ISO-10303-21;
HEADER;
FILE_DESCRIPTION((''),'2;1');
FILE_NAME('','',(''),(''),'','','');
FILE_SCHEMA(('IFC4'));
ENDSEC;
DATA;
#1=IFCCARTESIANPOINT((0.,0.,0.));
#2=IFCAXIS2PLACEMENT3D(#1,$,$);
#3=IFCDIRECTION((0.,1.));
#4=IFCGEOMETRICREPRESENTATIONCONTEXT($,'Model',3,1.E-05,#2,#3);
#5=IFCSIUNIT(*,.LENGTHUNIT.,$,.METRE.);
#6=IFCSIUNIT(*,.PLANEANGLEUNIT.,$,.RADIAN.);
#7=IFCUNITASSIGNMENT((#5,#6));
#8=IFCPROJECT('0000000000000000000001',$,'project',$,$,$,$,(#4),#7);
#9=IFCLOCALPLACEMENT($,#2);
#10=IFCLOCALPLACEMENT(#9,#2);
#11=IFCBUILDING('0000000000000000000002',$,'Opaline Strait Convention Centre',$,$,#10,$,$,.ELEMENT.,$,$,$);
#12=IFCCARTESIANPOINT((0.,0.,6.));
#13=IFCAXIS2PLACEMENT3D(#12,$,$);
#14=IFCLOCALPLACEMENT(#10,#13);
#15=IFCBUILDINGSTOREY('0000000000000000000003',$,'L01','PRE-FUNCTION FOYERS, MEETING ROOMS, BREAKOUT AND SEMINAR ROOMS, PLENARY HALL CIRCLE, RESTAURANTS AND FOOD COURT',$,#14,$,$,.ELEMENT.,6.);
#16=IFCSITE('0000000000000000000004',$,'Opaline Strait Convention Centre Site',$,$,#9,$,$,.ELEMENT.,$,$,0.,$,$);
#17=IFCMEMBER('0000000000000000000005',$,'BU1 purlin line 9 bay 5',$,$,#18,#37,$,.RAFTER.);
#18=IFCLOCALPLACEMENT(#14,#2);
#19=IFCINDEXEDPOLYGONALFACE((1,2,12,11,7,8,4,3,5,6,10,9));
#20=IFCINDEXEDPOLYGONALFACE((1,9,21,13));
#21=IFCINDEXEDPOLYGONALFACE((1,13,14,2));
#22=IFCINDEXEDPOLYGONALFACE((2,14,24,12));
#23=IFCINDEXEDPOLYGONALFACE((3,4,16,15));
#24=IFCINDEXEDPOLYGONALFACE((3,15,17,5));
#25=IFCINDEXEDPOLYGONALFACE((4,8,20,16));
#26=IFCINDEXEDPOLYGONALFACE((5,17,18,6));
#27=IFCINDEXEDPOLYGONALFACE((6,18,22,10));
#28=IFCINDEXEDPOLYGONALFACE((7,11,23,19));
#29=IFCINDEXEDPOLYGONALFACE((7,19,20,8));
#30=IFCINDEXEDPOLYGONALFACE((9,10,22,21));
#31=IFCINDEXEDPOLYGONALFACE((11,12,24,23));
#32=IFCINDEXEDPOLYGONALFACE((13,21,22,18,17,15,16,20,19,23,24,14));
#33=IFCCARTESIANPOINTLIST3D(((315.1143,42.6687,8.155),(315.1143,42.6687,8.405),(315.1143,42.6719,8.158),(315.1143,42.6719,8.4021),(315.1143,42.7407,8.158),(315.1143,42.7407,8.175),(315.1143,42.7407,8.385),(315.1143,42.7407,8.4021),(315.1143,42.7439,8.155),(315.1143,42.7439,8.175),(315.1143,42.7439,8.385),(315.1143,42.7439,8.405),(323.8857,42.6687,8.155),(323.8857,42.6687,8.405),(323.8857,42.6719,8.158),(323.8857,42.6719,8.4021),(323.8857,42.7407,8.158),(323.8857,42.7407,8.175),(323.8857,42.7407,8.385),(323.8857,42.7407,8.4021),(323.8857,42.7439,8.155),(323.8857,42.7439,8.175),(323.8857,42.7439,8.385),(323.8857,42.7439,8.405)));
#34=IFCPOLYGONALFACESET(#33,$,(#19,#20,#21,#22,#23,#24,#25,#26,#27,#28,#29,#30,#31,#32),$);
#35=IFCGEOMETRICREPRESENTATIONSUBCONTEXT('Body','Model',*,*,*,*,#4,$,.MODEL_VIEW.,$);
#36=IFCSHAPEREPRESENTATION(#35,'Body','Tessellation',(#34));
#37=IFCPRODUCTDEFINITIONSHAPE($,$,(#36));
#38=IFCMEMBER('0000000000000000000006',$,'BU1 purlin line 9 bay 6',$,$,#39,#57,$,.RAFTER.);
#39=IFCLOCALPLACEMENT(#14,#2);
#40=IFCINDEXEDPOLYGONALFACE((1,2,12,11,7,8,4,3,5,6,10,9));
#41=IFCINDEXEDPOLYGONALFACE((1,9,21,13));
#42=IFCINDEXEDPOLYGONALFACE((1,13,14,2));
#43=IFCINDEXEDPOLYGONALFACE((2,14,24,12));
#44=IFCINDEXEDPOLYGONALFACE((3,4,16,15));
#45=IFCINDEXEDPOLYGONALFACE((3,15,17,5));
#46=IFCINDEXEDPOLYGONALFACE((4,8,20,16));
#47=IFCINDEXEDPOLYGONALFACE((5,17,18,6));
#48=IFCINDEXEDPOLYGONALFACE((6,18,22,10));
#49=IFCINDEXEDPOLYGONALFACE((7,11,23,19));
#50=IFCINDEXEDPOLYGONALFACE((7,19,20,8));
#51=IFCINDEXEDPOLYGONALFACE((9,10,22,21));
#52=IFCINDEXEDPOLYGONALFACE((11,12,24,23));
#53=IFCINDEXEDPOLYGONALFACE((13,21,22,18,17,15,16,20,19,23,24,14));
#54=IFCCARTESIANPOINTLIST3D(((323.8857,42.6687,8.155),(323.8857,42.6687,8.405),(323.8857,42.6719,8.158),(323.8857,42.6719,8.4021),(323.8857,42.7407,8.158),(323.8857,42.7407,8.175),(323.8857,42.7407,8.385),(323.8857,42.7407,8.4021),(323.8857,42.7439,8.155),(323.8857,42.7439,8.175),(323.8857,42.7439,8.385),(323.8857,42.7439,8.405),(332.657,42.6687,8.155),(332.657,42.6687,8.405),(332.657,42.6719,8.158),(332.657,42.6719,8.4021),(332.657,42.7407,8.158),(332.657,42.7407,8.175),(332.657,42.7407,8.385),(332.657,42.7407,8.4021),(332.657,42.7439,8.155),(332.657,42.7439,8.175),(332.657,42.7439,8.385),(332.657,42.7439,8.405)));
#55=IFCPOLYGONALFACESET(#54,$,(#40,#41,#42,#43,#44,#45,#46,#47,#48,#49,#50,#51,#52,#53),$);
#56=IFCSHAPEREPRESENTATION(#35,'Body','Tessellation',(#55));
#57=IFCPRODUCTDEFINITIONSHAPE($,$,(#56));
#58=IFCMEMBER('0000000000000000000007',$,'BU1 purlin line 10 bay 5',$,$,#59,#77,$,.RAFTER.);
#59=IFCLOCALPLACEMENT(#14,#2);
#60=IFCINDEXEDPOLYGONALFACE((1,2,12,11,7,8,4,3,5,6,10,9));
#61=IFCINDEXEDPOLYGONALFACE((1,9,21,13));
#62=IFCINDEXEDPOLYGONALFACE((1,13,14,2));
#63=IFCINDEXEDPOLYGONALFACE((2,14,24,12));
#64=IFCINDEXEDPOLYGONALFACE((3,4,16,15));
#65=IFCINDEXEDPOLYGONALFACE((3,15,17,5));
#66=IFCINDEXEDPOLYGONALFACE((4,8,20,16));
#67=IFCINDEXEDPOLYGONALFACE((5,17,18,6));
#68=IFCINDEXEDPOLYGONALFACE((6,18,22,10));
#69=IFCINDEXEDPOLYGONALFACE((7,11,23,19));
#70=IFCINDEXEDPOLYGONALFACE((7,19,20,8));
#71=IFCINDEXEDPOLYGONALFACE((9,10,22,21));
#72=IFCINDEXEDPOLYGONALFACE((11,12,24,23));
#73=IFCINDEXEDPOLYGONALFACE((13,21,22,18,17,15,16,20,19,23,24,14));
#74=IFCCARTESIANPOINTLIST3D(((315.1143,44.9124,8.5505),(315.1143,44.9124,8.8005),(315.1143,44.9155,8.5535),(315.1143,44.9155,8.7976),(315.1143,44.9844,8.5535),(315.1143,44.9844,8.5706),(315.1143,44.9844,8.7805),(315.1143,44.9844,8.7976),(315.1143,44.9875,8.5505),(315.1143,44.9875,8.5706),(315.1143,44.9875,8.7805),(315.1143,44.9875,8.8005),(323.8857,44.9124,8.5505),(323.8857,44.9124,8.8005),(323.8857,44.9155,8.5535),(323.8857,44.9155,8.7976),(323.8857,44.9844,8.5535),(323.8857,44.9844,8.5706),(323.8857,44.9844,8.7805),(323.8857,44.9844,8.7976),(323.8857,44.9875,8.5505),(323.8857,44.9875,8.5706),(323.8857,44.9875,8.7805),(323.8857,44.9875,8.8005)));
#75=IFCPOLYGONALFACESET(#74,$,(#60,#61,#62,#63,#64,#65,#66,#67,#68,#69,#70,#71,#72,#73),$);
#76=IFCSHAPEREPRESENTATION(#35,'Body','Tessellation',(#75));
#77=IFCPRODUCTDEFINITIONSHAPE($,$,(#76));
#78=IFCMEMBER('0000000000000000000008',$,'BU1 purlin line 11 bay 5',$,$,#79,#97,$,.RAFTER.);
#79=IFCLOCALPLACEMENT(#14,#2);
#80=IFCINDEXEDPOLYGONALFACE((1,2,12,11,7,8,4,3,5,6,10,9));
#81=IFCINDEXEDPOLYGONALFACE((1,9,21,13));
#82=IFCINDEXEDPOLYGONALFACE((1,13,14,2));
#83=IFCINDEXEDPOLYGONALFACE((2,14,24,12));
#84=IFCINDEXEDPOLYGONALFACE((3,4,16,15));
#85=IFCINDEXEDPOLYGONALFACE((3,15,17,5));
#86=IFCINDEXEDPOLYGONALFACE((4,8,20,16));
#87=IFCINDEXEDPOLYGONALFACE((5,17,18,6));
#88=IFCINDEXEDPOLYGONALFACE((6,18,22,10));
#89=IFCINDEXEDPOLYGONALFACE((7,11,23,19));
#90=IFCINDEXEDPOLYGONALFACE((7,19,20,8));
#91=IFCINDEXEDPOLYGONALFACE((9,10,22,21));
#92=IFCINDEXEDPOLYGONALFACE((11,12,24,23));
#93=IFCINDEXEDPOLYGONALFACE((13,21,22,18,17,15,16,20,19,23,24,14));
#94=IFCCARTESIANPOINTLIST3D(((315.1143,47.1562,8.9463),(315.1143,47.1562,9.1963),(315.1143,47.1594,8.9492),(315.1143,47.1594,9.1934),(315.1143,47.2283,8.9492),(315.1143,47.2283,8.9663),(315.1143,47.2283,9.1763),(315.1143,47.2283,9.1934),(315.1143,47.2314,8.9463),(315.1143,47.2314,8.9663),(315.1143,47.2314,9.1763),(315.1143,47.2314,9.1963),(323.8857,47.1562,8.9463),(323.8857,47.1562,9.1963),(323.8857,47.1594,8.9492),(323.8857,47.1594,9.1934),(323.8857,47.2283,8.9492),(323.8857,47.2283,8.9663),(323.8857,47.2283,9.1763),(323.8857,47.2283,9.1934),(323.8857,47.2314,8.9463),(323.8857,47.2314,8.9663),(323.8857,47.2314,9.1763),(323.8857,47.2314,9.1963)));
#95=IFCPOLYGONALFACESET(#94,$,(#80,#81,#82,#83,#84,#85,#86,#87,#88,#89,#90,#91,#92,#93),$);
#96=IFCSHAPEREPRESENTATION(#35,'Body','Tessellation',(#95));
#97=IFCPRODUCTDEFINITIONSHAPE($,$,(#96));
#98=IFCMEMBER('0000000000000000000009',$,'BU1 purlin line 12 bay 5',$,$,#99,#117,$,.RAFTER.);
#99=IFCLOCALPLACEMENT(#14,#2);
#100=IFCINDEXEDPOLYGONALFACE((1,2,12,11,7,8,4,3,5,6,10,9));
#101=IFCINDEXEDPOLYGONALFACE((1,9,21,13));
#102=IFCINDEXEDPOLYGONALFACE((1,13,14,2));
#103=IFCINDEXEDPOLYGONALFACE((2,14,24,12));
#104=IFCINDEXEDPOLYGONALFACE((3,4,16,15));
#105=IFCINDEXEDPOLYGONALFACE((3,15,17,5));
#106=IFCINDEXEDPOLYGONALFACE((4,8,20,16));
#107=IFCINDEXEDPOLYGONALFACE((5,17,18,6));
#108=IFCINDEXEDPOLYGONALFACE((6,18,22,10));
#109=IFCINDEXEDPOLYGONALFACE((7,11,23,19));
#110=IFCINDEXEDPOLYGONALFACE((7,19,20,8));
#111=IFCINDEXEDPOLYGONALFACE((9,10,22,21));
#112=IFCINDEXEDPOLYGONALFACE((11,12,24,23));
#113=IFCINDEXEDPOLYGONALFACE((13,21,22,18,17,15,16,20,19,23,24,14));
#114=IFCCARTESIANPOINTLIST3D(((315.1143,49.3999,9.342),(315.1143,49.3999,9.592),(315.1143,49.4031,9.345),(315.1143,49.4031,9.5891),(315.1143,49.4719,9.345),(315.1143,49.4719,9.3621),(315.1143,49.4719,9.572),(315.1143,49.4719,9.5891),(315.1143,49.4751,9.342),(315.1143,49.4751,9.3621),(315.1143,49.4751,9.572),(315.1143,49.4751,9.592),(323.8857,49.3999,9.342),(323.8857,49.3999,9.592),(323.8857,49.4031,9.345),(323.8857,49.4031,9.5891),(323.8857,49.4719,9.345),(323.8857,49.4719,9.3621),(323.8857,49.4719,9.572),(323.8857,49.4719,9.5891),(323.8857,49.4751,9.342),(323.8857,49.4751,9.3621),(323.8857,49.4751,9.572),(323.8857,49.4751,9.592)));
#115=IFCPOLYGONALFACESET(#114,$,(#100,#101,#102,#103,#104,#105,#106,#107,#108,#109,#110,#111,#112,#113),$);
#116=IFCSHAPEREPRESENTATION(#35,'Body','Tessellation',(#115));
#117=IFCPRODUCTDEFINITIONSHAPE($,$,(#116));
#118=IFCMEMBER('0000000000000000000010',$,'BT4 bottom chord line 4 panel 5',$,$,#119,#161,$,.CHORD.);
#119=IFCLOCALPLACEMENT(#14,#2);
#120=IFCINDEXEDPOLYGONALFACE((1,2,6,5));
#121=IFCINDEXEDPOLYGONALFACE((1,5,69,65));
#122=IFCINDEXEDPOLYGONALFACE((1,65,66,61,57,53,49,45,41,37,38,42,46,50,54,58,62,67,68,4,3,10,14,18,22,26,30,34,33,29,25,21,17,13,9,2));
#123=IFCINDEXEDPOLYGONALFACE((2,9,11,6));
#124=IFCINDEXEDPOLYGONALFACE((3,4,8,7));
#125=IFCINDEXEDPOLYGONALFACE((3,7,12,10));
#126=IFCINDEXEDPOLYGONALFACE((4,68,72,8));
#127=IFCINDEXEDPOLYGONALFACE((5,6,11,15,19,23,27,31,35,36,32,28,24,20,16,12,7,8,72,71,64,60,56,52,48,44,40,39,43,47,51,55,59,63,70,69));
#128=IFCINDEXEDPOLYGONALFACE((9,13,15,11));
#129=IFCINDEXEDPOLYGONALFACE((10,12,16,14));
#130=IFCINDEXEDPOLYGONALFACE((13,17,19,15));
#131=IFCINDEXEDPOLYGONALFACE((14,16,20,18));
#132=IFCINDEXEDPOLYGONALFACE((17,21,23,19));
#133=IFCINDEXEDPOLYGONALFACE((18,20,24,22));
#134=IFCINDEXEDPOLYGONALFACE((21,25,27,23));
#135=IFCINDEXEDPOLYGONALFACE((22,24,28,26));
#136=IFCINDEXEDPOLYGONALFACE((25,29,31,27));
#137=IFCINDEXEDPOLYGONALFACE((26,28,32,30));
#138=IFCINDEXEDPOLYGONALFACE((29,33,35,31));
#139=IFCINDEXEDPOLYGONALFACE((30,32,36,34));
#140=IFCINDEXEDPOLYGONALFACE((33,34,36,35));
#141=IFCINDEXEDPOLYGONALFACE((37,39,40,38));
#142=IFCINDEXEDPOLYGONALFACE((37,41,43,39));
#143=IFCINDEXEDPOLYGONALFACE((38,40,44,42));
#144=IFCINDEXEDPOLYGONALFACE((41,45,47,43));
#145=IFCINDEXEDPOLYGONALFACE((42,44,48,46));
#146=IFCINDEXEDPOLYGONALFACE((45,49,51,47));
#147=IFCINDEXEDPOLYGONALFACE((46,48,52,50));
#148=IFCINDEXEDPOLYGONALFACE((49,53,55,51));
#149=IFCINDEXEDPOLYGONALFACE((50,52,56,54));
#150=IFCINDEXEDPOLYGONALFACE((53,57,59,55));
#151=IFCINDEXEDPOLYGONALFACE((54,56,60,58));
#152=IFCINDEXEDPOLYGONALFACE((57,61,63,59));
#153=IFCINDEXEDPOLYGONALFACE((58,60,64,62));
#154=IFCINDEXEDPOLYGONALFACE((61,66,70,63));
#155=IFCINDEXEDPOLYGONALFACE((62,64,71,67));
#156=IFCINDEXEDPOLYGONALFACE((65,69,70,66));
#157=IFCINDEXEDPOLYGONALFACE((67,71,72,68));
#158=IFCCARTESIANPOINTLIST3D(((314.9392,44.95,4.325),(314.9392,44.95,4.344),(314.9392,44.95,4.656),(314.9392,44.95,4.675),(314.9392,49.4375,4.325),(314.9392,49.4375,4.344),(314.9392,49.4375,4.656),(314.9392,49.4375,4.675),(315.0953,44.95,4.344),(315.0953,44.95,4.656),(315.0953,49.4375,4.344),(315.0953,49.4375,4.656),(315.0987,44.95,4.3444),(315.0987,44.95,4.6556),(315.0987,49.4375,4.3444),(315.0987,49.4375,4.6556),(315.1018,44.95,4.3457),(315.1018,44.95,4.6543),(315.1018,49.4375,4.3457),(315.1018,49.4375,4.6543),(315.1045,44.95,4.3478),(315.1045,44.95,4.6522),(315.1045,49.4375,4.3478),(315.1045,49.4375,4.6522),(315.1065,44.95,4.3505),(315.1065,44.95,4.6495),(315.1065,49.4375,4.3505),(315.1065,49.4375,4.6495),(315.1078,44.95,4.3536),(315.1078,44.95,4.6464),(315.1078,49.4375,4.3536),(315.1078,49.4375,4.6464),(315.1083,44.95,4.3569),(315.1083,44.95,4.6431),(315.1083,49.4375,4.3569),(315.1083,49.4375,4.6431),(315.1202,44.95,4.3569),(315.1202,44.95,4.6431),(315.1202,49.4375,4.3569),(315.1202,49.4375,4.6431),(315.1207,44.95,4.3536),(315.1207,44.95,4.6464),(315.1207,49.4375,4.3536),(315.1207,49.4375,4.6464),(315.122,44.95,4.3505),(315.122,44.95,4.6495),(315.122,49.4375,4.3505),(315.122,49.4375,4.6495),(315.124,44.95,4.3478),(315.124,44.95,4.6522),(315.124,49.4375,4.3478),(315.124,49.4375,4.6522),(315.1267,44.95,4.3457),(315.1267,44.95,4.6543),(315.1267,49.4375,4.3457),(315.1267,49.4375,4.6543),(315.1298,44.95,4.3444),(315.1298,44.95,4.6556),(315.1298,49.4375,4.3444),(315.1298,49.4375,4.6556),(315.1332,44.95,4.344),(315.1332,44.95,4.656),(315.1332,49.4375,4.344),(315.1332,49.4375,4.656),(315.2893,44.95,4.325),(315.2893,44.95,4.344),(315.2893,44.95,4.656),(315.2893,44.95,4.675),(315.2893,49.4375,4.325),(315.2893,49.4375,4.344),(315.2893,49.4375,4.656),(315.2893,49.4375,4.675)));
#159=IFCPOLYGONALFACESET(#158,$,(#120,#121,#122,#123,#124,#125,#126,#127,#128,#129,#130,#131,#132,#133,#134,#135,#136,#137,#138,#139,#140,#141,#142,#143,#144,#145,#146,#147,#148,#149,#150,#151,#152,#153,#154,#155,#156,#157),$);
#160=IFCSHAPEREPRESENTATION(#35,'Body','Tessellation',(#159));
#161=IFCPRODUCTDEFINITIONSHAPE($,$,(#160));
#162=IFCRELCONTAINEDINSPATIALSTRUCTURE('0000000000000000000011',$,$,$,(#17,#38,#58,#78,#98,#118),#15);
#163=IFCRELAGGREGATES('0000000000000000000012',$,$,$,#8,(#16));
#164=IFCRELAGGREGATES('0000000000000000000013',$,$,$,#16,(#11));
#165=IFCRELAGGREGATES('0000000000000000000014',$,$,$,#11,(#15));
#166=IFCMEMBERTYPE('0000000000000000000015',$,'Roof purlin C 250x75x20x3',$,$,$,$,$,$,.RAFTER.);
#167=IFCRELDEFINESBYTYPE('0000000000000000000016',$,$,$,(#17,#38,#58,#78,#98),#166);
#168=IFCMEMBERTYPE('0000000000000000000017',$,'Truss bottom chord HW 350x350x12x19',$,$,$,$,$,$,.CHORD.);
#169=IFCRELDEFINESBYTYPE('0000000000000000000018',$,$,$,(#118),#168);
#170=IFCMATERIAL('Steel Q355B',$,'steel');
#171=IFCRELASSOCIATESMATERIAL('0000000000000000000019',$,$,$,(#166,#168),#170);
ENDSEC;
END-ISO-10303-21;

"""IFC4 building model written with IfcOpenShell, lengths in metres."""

from ifc_helpers import new_model, si_unit, direction, frame, origin, origin_2d, place, context, subcontext, project, spatial, polyline, i_section, outline, extrude, material, material_profile, profile_set, type_object, element, save


model = new_model("IFC4")

# Units and contexts
model_context = context("Model", 3, precision=1e-05, world=origin(), true_north=direction((0.0, 1.0)))
body_context = subcontext(model_context, "Body", "Model", "MODEL_VIEW")
ifc_project = project(units=[si_unit("LENGTHUNIT", "METRE"), si_unit("PLANEANGLEUNIT", "RADIAN")], contexts=[model_context])

# Site, building, storey
site_placement = place(None, origin())
site = spatial("IfcSite", under=ifc_project, at=site_placement, Name="Opaline Strait Convention Centre Site", CompositionType="ELEMENT", RefElevation=0.0)
building_placement = place(site_placement, origin())
building = spatial("IfcBuilding", under=site, at=building_placement, Name="Opaline Strait Convention Centre", CompositionType="ELEMENT")
storey_placement = place(building_placement, frame((0.0, 0.0, 6.0)))
storey = spatial("IfcBuildingStorey", under=building, at=storey_placement, Name="L01", Description="PRE-FUNCTION FOYERS, MEETING ROOMS, BREAKOUT AND SEMINAR ROOMS, PLENARY HALL CIRCLE, RESTAURANTS AND FOOD COURT", CompositionType="ELEMENT", Elevation=6.0)

# Members
ifc_material_1 = material(Name="Steel Q355B", Category="steel")
ifc_material_profile_1 = material_profile(ifc_material_1, outline(polyline([(-0.0376, -0.125), (0.0376, -0.125), (0.0376, -0.105), (0.0344, -0.105), (0.0344, -0.1221), (-0.0344, -0.1221), (-0.0344, 0.1221), (0.0344, 0.1221), (0.0344, 0.105), (0.0376, 0.105), (0.0376, 0.125), (-0.0376, 0.125), (-0.0376, -0.125)])), Name="C 250x75x20x3")
ifc_profile_set_1 = profile_set([ifc_material_profile_1], Name="Steel Q355B")
member_type_1 = type_object("IfcMemberType", Name="Roof purlin C 250x75x20x3", PredefinedType="RAFTER", material=ifc_profile_set_1)
member_1_placement = place(storey_placement, frame((315.1143, 42.7063, 8.28), z_axis=(1.0, 0.0, 0.0), x_axis=(0.0, 1.0, 0.0)))
element("IfcMember", 1, at=member_1_placement, inside=storey, type_object=member_type_1, Name="BU1 purlin line 9 bay 5", PredefinedType="RAFTER", context=body_context, shape_type="SweptSolid", body=[
    extrude(outline(polyline([(-0.0376, -0.125), (0.0376, -0.125), (0.0376, -0.105), (0.0344, -0.105), (0.0344, -0.1221), (-0.0344, -0.1221), (-0.0344, 0.1221), (0.0344, 0.1221), (0.0344, 0.105), (0.0376, 0.105), (0.0376, 0.125), (-0.0376, 0.125), (-0.0376, -0.125)])), origin(), (0.0, 0.0, 1.0), 8.7715),
])
member_2_placement = place(storey_placement, frame((323.8857, 42.7063, 8.28), z_axis=(1.0, 0.0, 0.0), x_axis=(0.0, 1.0, 0.0)))
element("IfcMember", 2, at=member_2_placement, inside=storey, type_object=member_type_1, Name="BU1 purlin line 9 bay 6", PredefinedType="RAFTER", context=body_context, shape_type="SweptSolid", body=[
    extrude(outline(polyline([(-0.0376, -0.125), (0.0376, -0.125), (0.0376, -0.105), (0.0344, -0.105), (0.0344, -0.1221), (-0.0344, -0.1221), (-0.0344, 0.1221), (0.0344, 0.1221), (0.0344, 0.105), (0.0376, 0.105), (0.0376, 0.125), (-0.0376, 0.125), (-0.0376, -0.125)])), origin(), (0.0, 0.0, 1.0), 8.7712),
])
for number, where, z_axis, x_axis, name in (
    (3, (315.1143, 44.95, 8.6755), (1.0, 0.0, 0.0), (0.0, 1.0, 0.0), "BU1 purlin line 10 bay 5"),
    (4, (315.1143, 47.1938, 9.0713), (1.0, 0.0, 0.0), (0.0, 1.0, 0.0), "BU1 purlin line 11 bay 5"),
    (5, (315.1143, 49.4375, 9.467), (1.0, 0.0, 0.0), (0.0, 1.0, 0.0), "BU1 purlin line 12 bay 5"),
):
    element("IfcMember", number, at=place(storey_placement, frame(where, z_axis=z_axis, x_axis=x_axis)), inside=storey, type_object=member_type_1, Name=name, PredefinedType="RAFTER", context=body_context, shape_type="SweptSolid", body=[
        extrude(outline(polyline([(-0.0376, -0.125), (0.0376, -0.125), (0.0376, -0.105), (0.0344, -0.105), (0.0344, -0.1221), (-0.0344, -0.1221), (-0.0344, 0.1221), (0.0344, 0.1221), (0.0344, 0.105), (0.0376, 0.105), (0.0376, 0.125), (-0.0376, 0.125), (-0.0376, -0.125)])), origin(), (0.0, 0.0, 1.0), 8.7715),
    ])
ifc_material_profile_2 = material_profile(ifc_material_1, i_section(OverallWidth=0.3501, OverallDepth=0.3501, WebThickness=0.012, FlangeThickness=0.019, FilletRadius=0.0129, at=origin_2d()), Name="HW 350x350x12x19")
ifc_profile_set_2 = profile_set([ifc_material_profile_2], Name="Steel Q355B")
member_type_2 = type_object("IfcMemberType", Name="Truss bottom chord HW 350x350x12x19", PredefinedType="CHORD", material=ifc_profile_set_2)
for number, where, z_axis, x_axis, name in (
    (6, (315.1143, 44.95, 4.5), (0.0, 1.0, 0.0), (-1.0, 0.0, 0.0), "BT4 bottom chord line 4 panel 5"),
):
    element("IfcMember", number, at=place(storey_placement, frame(where, z_axis=z_axis, x_axis=x_axis)), inside=storey, type_object=member_type_2, Name=name, PredefinedType="CHORD", context=body_context, shape_type="SweptSolid", body=[
        extrude(i_section(OverallWidth=0.3501, OverallDepth=0.3501, WebThickness=0.012, FlangeThickness=0.019, FilletRadius=0.0129, at=origin_2d()), origin(), (0.0, 0.0, 1.0), 4.4875),
    ])

save(model, "model.ifc")
